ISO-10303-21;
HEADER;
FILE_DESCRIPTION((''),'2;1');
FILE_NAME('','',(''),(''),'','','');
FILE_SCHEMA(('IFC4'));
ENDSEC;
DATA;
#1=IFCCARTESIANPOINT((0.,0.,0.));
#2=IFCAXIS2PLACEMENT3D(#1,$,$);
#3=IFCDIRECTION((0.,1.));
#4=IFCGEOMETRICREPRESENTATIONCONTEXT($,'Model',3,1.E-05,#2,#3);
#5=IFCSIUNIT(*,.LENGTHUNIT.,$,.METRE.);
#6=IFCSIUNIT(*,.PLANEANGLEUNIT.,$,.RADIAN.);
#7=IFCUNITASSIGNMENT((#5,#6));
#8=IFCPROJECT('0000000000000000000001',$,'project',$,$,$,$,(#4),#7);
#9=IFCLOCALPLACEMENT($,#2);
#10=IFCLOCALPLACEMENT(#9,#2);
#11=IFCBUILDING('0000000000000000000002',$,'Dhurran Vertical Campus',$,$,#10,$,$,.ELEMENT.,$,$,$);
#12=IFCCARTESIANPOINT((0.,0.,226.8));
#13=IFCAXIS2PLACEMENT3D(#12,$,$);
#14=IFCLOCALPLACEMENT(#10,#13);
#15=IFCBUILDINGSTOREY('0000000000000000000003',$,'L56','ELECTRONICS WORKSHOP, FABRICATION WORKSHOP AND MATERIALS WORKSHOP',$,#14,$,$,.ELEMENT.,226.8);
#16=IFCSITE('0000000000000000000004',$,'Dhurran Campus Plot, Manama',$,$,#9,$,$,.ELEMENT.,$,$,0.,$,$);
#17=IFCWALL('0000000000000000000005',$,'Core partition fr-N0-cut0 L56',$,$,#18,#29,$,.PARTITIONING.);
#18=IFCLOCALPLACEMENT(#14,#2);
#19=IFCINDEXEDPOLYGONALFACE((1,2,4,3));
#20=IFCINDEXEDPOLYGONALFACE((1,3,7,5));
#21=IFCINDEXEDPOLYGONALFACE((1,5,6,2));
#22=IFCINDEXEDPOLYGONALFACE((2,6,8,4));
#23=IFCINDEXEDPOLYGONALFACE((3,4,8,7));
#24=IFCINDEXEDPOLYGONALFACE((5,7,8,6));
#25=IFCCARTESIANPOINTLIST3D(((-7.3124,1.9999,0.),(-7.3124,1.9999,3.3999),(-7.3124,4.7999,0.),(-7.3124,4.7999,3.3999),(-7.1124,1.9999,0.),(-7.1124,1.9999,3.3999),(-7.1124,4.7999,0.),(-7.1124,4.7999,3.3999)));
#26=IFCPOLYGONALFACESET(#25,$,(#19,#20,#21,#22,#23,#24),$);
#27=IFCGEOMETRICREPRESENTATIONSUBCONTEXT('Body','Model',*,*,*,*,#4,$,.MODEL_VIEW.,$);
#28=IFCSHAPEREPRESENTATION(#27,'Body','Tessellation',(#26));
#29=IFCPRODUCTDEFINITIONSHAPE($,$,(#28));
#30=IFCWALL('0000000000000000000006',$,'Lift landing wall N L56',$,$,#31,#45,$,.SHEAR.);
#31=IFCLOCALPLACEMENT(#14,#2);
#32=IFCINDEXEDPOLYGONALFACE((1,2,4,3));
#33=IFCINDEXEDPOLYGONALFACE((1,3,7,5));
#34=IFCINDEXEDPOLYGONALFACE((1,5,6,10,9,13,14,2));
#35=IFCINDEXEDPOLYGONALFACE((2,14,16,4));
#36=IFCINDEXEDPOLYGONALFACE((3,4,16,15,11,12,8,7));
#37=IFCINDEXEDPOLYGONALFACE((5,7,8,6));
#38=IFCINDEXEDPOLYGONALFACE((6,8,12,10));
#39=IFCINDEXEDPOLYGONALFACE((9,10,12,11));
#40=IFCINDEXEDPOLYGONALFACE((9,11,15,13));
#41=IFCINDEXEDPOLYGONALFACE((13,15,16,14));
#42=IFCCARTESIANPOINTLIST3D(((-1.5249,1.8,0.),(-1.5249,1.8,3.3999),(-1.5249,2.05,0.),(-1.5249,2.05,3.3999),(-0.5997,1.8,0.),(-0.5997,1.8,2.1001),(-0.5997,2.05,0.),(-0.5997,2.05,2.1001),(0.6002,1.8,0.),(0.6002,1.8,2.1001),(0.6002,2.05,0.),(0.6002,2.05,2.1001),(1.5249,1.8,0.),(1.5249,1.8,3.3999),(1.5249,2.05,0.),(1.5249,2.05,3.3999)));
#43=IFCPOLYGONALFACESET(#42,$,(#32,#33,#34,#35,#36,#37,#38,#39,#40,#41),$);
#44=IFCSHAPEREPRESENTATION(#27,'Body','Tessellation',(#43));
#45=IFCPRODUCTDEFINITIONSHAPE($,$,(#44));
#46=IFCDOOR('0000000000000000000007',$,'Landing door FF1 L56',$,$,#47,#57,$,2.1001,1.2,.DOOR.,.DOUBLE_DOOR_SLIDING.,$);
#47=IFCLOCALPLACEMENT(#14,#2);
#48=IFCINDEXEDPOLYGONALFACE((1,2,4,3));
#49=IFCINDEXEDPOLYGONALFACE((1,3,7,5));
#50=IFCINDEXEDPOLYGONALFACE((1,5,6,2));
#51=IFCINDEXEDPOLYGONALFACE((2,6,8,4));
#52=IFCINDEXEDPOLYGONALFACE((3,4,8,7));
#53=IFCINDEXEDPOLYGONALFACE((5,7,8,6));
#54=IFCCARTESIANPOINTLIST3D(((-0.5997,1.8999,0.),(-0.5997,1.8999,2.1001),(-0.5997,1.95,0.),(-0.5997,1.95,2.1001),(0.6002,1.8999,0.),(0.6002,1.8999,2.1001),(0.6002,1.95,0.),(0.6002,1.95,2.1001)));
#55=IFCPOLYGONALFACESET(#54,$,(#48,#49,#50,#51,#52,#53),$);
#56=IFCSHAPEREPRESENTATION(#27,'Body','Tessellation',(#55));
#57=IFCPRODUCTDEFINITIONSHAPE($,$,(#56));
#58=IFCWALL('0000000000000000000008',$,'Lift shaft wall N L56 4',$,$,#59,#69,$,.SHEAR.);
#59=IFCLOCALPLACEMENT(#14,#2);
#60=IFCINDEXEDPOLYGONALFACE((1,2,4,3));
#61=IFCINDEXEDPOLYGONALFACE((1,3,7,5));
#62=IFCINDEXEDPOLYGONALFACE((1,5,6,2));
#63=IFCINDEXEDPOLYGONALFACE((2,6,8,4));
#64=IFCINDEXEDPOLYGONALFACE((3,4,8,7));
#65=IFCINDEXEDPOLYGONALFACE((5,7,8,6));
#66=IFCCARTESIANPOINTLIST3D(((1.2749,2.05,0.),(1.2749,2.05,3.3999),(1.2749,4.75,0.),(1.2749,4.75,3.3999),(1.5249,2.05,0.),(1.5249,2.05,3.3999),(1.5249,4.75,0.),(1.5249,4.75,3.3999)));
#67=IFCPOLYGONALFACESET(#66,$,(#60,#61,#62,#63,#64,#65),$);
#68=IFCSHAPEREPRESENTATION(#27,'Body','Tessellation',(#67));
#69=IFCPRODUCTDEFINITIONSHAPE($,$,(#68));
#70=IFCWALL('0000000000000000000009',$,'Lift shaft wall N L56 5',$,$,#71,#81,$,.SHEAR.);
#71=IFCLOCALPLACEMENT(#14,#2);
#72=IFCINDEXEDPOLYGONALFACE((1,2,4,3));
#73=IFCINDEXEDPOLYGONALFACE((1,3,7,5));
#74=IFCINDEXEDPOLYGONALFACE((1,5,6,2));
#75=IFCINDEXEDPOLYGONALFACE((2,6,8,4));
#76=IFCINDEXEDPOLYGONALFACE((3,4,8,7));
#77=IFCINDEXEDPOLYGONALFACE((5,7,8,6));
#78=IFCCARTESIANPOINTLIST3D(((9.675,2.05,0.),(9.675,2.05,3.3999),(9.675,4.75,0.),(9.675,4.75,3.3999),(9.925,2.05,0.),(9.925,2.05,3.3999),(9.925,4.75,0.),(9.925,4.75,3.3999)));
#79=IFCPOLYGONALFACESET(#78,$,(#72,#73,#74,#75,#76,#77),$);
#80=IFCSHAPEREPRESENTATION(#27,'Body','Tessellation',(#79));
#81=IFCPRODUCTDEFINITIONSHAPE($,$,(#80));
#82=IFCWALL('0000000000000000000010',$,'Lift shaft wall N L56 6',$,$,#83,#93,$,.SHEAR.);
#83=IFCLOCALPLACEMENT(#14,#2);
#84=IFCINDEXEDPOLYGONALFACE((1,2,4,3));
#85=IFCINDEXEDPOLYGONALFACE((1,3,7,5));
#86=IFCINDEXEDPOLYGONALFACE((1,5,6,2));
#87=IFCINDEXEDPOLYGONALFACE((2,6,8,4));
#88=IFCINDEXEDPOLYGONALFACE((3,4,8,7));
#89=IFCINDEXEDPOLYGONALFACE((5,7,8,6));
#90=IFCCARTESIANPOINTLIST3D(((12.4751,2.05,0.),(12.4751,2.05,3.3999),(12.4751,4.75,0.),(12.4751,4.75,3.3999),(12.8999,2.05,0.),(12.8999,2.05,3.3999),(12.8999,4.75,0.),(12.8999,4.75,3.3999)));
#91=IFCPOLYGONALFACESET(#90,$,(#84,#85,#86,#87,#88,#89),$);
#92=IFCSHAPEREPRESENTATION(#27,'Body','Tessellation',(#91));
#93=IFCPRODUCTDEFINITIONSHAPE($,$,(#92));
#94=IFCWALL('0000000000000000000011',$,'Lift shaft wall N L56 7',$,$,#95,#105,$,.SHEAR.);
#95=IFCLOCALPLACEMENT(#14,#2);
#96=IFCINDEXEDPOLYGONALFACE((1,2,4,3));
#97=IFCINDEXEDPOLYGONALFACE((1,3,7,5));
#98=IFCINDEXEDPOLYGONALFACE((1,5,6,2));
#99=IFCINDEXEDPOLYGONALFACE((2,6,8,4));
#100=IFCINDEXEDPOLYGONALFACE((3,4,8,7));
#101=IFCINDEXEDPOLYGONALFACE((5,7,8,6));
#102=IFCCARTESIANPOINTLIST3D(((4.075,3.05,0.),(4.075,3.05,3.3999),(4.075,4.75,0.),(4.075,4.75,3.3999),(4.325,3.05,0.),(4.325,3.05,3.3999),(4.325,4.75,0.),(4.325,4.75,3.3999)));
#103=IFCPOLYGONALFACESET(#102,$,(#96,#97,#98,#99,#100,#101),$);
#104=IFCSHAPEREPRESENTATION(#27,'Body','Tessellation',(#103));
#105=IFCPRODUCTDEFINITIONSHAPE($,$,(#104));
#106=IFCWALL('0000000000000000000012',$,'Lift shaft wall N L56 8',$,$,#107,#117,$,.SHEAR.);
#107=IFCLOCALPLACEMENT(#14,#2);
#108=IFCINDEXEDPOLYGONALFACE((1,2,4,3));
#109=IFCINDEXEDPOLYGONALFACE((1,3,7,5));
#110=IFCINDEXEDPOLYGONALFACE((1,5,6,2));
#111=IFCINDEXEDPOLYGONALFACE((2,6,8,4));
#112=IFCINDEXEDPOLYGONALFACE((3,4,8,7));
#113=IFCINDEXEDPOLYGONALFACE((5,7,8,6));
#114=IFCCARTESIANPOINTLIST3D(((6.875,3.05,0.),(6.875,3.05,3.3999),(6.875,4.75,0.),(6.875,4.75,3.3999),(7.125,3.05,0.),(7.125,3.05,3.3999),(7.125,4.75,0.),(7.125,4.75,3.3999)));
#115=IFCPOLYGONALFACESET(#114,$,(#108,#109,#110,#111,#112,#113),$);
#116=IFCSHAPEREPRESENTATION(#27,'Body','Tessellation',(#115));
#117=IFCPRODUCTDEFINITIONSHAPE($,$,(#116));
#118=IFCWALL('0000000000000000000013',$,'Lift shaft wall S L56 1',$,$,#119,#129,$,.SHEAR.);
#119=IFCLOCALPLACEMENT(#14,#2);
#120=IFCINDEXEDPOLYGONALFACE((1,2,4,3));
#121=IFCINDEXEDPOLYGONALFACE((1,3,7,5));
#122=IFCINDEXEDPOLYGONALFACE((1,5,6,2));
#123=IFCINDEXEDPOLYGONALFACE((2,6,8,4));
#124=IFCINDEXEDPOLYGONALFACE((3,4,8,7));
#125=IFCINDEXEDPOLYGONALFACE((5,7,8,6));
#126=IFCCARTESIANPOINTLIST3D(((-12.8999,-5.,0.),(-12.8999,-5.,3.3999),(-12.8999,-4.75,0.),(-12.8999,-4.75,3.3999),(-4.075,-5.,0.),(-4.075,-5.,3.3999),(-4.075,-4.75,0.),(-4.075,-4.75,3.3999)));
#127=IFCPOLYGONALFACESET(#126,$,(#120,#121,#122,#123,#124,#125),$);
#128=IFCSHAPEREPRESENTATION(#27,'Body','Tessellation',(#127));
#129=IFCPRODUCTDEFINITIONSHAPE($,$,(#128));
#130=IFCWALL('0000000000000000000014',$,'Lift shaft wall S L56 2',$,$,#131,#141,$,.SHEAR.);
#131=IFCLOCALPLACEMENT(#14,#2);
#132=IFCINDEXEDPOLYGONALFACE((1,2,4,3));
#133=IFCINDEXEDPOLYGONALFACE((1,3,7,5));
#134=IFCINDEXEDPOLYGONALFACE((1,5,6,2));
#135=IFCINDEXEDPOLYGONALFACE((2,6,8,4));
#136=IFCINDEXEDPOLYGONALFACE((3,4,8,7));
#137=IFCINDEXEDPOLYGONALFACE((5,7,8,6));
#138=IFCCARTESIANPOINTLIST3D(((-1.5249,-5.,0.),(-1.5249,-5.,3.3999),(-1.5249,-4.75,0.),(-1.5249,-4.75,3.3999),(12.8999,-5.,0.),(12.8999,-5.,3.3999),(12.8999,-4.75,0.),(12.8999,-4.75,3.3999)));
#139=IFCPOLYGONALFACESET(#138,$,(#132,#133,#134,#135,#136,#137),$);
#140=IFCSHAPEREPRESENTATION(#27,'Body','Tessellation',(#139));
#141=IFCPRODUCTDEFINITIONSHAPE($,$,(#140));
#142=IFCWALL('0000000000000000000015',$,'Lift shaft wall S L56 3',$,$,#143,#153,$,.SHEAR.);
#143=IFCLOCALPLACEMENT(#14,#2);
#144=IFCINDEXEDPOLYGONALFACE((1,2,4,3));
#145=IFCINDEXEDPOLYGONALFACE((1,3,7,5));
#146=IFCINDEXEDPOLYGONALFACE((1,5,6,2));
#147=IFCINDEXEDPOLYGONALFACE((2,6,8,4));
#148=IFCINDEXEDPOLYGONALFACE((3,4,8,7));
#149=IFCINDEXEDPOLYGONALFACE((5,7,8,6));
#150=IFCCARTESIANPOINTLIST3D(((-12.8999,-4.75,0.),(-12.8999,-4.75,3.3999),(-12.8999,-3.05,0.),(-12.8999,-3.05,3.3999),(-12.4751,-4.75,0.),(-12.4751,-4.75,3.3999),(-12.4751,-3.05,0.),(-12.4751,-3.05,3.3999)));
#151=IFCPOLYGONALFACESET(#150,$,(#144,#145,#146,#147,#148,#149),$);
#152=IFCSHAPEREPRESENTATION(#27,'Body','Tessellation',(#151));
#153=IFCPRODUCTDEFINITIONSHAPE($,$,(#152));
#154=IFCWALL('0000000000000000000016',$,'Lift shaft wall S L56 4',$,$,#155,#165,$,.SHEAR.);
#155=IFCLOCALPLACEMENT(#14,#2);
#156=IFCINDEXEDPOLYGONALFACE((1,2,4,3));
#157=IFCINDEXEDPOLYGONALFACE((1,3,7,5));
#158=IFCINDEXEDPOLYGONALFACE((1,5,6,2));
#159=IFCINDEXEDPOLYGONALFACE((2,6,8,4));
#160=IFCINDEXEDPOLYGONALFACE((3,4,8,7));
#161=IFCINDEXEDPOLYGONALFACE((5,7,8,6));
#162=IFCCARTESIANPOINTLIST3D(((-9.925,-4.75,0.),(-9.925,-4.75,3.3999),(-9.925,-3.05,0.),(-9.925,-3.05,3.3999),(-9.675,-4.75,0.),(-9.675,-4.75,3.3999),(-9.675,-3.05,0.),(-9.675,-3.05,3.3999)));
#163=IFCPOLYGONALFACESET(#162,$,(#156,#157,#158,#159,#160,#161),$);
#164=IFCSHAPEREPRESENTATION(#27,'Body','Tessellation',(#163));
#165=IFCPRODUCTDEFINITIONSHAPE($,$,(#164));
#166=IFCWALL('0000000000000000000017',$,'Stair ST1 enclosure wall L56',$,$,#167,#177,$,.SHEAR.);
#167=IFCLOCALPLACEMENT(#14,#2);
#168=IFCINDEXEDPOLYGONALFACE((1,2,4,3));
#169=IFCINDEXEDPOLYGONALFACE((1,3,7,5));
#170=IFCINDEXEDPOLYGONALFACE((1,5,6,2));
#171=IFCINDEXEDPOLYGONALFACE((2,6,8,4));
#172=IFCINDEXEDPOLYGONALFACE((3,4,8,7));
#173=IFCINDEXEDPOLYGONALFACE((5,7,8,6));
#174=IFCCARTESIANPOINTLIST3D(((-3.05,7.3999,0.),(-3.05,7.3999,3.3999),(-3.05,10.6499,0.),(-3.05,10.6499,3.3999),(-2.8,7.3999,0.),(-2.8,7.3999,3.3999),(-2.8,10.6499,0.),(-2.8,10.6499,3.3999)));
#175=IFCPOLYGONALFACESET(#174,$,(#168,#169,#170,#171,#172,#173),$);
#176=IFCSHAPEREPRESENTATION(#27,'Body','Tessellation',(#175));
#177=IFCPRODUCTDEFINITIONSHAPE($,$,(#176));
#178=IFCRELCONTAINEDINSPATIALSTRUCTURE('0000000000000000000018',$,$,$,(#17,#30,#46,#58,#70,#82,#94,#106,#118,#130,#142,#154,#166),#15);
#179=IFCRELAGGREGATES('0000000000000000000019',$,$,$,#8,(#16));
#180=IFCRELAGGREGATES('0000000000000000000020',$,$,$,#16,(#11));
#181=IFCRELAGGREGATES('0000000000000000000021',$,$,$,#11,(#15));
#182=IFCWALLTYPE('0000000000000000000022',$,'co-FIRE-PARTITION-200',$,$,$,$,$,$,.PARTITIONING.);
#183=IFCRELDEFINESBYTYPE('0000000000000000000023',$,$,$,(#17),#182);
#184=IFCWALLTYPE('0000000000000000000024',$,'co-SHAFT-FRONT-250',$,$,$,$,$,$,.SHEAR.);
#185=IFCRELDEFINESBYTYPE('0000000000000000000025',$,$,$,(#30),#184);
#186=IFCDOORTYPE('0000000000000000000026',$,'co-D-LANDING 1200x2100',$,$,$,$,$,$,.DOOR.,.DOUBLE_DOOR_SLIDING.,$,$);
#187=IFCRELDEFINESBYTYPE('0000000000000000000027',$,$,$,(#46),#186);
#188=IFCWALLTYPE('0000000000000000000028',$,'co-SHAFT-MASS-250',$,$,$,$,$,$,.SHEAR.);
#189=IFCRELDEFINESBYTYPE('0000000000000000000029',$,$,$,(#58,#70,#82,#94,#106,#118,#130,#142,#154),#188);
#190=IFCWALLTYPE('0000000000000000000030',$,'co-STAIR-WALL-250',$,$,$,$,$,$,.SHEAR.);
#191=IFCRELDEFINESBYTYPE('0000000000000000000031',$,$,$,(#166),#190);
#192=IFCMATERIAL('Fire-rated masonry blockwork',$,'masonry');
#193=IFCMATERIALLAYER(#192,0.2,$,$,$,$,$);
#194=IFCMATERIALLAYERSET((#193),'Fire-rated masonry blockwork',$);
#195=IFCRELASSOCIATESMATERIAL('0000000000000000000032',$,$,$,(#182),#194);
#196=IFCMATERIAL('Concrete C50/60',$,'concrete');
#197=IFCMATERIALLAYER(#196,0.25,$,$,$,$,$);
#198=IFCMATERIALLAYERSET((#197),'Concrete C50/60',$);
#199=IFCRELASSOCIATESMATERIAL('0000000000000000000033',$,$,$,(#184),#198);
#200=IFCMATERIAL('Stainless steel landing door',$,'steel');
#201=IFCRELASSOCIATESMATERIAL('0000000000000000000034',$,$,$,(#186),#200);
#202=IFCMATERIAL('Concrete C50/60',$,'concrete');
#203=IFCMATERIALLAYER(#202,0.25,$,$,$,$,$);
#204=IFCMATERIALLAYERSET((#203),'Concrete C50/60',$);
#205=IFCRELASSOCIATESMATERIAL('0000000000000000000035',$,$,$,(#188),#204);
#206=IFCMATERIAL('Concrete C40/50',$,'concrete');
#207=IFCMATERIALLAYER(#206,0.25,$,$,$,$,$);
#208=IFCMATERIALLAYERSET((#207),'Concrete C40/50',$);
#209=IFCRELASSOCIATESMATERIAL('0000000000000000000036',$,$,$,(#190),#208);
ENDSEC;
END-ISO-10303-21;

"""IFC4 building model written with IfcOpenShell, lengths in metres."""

from ifc_helpers import new_model, si_unit, direction, frame, frame_2d, origin, place, context, subcontext, project, spatial, polyline, rectangle, outline, extrude, material, layer, layer_set, type_object, element, fill, save


model = new_model("IFC4")

# Units and contexts
model_context = context("Model", 3, precision=1e-05, world=origin(), true_north=direction((0.0, 1.0)))
body_context = subcontext(model_context, "Body", "Model", "MODEL_VIEW")
ifc_project = project(units=[si_unit("LENGTHUNIT", "METRE"), si_unit("PLANEANGLEUNIT", "RADIAN")], contexts=[model_context])

# Site, building, storey
site_placement = place(None, origin())
site = spatial("IfcSite", under=ifc_project, at=site_placement, Name="Dhurran Campus Plot, Manama", CompositionType="ELEMENT", RefElevation=0.0)
building_placement = place(site_placement, origin())
building = spatial("IfcBuilding", under=site, at=building_placement, Name="Dhurran Vertical Campus", CompositionType="ELEMENT")
storey_placement = place(building_placement, frame((0.0, 0.0, 226.8)))
storey = spatial("IfcBuildingStorey", under=building, at=storey_placement, Name="L56", Description="ELECTRONICS WORKSHOP, FABRICATION WORKSHOP AND MATERIALS WORKSHOP", CompositionType="ELEMENT", Elevation=226.8)

# Shared definitions
ifc_material_1 = material(Name="Fire-rated masonry blockwork", Category="masonry")
ifc_layer_1 = layer(ifc_material_1, 0.2)
ifc_layer_set_1 = layer_set([ifc_layer_1], Name="Fire-rated masonry blockwork")
wall_type_1 = type_object("IfcWallType", Name="co-FIRE-PARTITION-200", PredefinedType="PARTITIONING", material=ifc_layer_set_1)

# Wall
wall_1_placement = place(storey_placement, frame((-7.2124, 2.0, 0.0), z_axis=(0.0, 0.0, 1.0), x_axis=(0.0, 1.0, 0.0)))
element("IfcWall", 1, at=wall_1_placement, inside=storey, type_object=wall_type_1, Name="Core partition fr-N0-cut0 L56", PredefinedType="PARTITIONING", context=body_context, shape_type="SweptSolid", body=[
    extrude(rectangle(XDim=2.8, YDim=0.2, at=frame_2d((1.3999, 0.0))), origin(), (0.0, 0.0, 1.0), 3.3999),
])

# Wall, opening, door
ifc_material_2 = material(Name="Concrete C50/60", Category="concrete")
ifc_layer_2 = layer(ifc_material_2, 0.25)
ifc_layer_set_2 = layer_set([ifc_layer_2], Name="Concrete C50/60")
wall_type_2 = type_object("IfcWallType", Name="co-SHAFT-FRONT-250", PredefinedType="SHEAR", material=ifc_layer_set_2)
wall_2_placement = place(storey_placement, frame((-1.5249, 1.925, 0.0), z_axis=(0.0, 0.0, 1.0), x_axis=(1.0, 0.0, 0.0)))
wall_2 = element("IfcWall", 2, at=wall_2_placement, inside=storey, type_object=wall_type_2, Name="Lift landing wall N L56", PredefinedType="SHEAR", context=body_context, shape_type="SweptSolid", body=[
    extrude(rectangle(XDim=3.0498, YDim=0.25, at=frame_2d((1.5249, 0.0))), origin(), (0.0, 0.0, 1.0), 3.3999),
])
opening_1_placement = place(wall_2_placement, frame((0.925, 0.0, 0.0)))
opening_1 = element("IfcOpeningElement", 3, at=opening_1_placement, cuts=wall_2, PredefinedType="OPENING", context=body_context, shape_type="SweptSolid", body=[
    extrude(rectangle(XDim=1.2, YDim=2.1001, at=frame_2d((0.6001, 1.05))), frame((0.0, 0.135, 0.0), z_axis=(0.0, -1.0, 0.0), x_axis=(1.0, 0.0, 0.0)), (0.0, 0.0, 1.0), 0.27),
])
ifc_material_3 = material(Name="Stainless steel landing door", Category="steel")
door_type_1 = type_object("IfcDoorType", Name="co-D-LANDING 1200x2100", OperationType="DOUBLE_DOOR_SLIDING", PredefinedType="DOOR", material=ifc_material_3)
door_1_placement = place(opening_1_placement, origin())
door_1 = element("IfcDoor", 4, at=door_1_placement, inside=storey, type_object=door_type_1, Name="Landing door FF1 L56", OperationType="DOUBLE_DOOR_SLIDING", OverallHeight=2.1001, OverallWidth=1.2, PredefinedType="DOOR", context=body_context, shape_type="SweptSolid", body=[
    extrude(rectangle(XDim=1.2, YDim=2.1001, at=frame_2d((0.6001, 1.05))), frame((0.0, 0.0249, 0.0), z_axis=(0.0, -1.0, 0.0), x_axis=(1.0, 0.0, 0.0)), (0.0, 0.0, 1.0), 0.05),
])
fill(opening_1, door_1)

# Walls
ifc_material_4 = material(Name="Concrete C50/60", Category="concrete")
ifc_layer_3 = layer(ifc_material_4, 0.25)
ifc_layer_set_3 = layer_set([ifc_layer_3], Name="Concrete C50/60")
wall_type_3 = type_object("IfcWallType", Name="co-SHAFT-MASS-250", PredefinedType="SHEAR", material=ifc_layer_set_3)
wall_3_placement = place(storey_placement, origin())
element("IfcWall", 5, at=wall_3_placement, inside=storey, type_object=wall_type_3, Name="Lift shaft wall N L56 4", PredefinedType="SHEAR", context=body_context, shape_type="SweptSolid", body=[
    extrude(outline(polyline([(1.2749, 2.05), (1.5249, 2.05), (1.5249, 4.75), (1.2749, 4.75), (1.2749, 2.05)])), origin(), (0.0, 0.0, 1.0), 3.3999),
])
wall_4_placement = place(storey_placement, origin())
element("IfcWall", 6, at=wall_4_placement, inside=storey, type_object=wall_type_3, Name="Lift shaft wall N L56 5", PredefinedType="SHEAR", context=body_context, shape_type="SweptSolid", body=[
    extrude(outline(polyline([(9.675, 2.05), (9.925, 2.05), (9.925, 4.75), (9.675, 4.75), (9.675, 2.05)])), origin(), (0.0, 0.0, 1.0), 3.3999),
])
wall_5_placement = place(storey_placement, origin())
element("IfcWall", 7, at=wall_5_placement, inside=storey, type_object=wall_type_3, Name="Lift shaft wall N L56 6", PredefinedType="SHEAR", context=body_context, shape_type="SweptSolid", body=[
    extrude(outline(polyline([(12.4751, 2.05), (12.8999, 2.05), (12.8999, 4.75), (12.4751, 4.75), (12.4751, 2.05)])), origin(), (0.0, 0.0, 1.0), 3.3999),
])
wall_6_placement = place(storey_placement, origin())
element("IfcWall", 8, at=wall_6_placement, inside=storey, type_object=wall_type_3, Name="Lift shaft wall N L56 7", PredefinedType="SHEAR", context=body_context, shape_type="SweptSolid", body=[
    extrude(outline(polyline([(4.075, 3.05), (4.325, 3.05), (4.325, 4.75), (4.075, 4.75), (4.075, 3.05)])), origin(), (0.0, 0.0, 1.0), 3.3999),
])
wall_7_placement = place(storey_placement, origin())
element("IfcWall", 9, at=wall_7_placement, inside=storey, type_object=wall_type_3, Name="Lift shaft wall N L56 8", PredefinedType="SHEAR", context=body_context, shape_type="SweptSolid", body=[
    extrude(outline(polyline([(6.875, 3.05), (7.125, 3.05), (7.125, 4.75), (6.875, 4.75), (6.875, 3.05)])), origin(), (0.0, 0.0, 1.0), 3.3999),
])
wall_8_placement = place(storey_placement, origin())
element("IfcWall", 10, at=wall_8_placement, inside=storey, type_object=wall_type_3, Name="Lift shaft wall S L56 1", PredefinedType="SHEAR", context=body_context, shape_type="SweptSolid", body=[
    extrude(outline(polyline([(-12.8999, -5.0), (-4.075, -5.0), (-4.075, -4.75), (-12.8999, -4.75), (-12.8999, -5.0)])), origin(), (0.0, 0.0, 1.0), 3.3999),
])
wall_9_placement = place(storey_placement, origin())
element("IfcWall", 11, at=wall_9_placement, inside=storey, type_object=wall_type_3, Name="Lift shaft wall S L56 2", PredefinedType="SHEAR", context=body_context, shape_type="SweptSolid", body=[
    extrude(outline(polyline([(-1.5249, -5.0), (12.8999, -5.0), (12.8999, -4.75), (-1.5249, -4.75), (-1.5249, -5.0)])), origin(), (0.0, 0.0, 1.0), 3.3999),
])
wall_10_placement = place(storey_placement, origin())
element("IfcWall", 12, at=wall_10_placement, inside=storey, type_object=wall_type_3, Name="Lift shaft wall S L56 3", PredefinedType="SHEAR", context=body_context, shape_type="SweptSolid", body=[
    extrude(outline(polyline([(-12.8999, -4.75), (-12.4751, -4.75), (-12.4751, -3.05), (-12.8999, -3.05), (-12.8999, -4.75)])), origin(), (0.0, 0.0, 1.0), 3.3999),
])
wall_11_placement = place(storey_placement, origin())
element("IfcWall", 13, at=wall_11_placement, inside=storey, type_object=wall_type_3, Name="Lift shaft wall S L56 4", PredefinedType="SHEAR", context=body_context, shape_type="SweptSolid", body=[
    extrude(outline(polyline([(-9.925, -4.75), (-9.675, -4.75), (-9.675, -3.05), (-9.925, -3.05), (-9.925, -4.75)])), origin(), (0.0, 0.0, 1.0), 3.3999),
])
ifc_material_5 = material(Name="Concrete C40/50", Category="concrete")
ifc_layer_4 = layer(ifc_material_5, 0.25)
ifc_layer_set_4 = layer_set([ifc_layer_4], Name="Concrete C40/50")
wall_type_4 = type_object("IfcWallType", Name="co-STAIR-WALL-250", PredefinedType="SHEAR", material=ifc_layer_set_4)
wall_12_placement = place(storey_placement, frame((-2.925, 7.3999, 0.0), z_axis=(0.0, 0.0, 1.0), x_axis=(0.0, 1.0, 0.0)))
element("IfcWall", 14, at=wall_12_placement, inside=storey, type_object=wall_type_4, Name="Stair ST1 enclosure wall L56", PredefinedType="SHEAR", context=body_context, shape_type="SweptSolid", body=[
    extrude(rectangle(XDim=3.25, YDim=0.25, at=frame_2d((1.625, 0.0))), origin(), (0.0, 0.0, 1.0), 3.3999),
])

save(model, "model.ifc")
